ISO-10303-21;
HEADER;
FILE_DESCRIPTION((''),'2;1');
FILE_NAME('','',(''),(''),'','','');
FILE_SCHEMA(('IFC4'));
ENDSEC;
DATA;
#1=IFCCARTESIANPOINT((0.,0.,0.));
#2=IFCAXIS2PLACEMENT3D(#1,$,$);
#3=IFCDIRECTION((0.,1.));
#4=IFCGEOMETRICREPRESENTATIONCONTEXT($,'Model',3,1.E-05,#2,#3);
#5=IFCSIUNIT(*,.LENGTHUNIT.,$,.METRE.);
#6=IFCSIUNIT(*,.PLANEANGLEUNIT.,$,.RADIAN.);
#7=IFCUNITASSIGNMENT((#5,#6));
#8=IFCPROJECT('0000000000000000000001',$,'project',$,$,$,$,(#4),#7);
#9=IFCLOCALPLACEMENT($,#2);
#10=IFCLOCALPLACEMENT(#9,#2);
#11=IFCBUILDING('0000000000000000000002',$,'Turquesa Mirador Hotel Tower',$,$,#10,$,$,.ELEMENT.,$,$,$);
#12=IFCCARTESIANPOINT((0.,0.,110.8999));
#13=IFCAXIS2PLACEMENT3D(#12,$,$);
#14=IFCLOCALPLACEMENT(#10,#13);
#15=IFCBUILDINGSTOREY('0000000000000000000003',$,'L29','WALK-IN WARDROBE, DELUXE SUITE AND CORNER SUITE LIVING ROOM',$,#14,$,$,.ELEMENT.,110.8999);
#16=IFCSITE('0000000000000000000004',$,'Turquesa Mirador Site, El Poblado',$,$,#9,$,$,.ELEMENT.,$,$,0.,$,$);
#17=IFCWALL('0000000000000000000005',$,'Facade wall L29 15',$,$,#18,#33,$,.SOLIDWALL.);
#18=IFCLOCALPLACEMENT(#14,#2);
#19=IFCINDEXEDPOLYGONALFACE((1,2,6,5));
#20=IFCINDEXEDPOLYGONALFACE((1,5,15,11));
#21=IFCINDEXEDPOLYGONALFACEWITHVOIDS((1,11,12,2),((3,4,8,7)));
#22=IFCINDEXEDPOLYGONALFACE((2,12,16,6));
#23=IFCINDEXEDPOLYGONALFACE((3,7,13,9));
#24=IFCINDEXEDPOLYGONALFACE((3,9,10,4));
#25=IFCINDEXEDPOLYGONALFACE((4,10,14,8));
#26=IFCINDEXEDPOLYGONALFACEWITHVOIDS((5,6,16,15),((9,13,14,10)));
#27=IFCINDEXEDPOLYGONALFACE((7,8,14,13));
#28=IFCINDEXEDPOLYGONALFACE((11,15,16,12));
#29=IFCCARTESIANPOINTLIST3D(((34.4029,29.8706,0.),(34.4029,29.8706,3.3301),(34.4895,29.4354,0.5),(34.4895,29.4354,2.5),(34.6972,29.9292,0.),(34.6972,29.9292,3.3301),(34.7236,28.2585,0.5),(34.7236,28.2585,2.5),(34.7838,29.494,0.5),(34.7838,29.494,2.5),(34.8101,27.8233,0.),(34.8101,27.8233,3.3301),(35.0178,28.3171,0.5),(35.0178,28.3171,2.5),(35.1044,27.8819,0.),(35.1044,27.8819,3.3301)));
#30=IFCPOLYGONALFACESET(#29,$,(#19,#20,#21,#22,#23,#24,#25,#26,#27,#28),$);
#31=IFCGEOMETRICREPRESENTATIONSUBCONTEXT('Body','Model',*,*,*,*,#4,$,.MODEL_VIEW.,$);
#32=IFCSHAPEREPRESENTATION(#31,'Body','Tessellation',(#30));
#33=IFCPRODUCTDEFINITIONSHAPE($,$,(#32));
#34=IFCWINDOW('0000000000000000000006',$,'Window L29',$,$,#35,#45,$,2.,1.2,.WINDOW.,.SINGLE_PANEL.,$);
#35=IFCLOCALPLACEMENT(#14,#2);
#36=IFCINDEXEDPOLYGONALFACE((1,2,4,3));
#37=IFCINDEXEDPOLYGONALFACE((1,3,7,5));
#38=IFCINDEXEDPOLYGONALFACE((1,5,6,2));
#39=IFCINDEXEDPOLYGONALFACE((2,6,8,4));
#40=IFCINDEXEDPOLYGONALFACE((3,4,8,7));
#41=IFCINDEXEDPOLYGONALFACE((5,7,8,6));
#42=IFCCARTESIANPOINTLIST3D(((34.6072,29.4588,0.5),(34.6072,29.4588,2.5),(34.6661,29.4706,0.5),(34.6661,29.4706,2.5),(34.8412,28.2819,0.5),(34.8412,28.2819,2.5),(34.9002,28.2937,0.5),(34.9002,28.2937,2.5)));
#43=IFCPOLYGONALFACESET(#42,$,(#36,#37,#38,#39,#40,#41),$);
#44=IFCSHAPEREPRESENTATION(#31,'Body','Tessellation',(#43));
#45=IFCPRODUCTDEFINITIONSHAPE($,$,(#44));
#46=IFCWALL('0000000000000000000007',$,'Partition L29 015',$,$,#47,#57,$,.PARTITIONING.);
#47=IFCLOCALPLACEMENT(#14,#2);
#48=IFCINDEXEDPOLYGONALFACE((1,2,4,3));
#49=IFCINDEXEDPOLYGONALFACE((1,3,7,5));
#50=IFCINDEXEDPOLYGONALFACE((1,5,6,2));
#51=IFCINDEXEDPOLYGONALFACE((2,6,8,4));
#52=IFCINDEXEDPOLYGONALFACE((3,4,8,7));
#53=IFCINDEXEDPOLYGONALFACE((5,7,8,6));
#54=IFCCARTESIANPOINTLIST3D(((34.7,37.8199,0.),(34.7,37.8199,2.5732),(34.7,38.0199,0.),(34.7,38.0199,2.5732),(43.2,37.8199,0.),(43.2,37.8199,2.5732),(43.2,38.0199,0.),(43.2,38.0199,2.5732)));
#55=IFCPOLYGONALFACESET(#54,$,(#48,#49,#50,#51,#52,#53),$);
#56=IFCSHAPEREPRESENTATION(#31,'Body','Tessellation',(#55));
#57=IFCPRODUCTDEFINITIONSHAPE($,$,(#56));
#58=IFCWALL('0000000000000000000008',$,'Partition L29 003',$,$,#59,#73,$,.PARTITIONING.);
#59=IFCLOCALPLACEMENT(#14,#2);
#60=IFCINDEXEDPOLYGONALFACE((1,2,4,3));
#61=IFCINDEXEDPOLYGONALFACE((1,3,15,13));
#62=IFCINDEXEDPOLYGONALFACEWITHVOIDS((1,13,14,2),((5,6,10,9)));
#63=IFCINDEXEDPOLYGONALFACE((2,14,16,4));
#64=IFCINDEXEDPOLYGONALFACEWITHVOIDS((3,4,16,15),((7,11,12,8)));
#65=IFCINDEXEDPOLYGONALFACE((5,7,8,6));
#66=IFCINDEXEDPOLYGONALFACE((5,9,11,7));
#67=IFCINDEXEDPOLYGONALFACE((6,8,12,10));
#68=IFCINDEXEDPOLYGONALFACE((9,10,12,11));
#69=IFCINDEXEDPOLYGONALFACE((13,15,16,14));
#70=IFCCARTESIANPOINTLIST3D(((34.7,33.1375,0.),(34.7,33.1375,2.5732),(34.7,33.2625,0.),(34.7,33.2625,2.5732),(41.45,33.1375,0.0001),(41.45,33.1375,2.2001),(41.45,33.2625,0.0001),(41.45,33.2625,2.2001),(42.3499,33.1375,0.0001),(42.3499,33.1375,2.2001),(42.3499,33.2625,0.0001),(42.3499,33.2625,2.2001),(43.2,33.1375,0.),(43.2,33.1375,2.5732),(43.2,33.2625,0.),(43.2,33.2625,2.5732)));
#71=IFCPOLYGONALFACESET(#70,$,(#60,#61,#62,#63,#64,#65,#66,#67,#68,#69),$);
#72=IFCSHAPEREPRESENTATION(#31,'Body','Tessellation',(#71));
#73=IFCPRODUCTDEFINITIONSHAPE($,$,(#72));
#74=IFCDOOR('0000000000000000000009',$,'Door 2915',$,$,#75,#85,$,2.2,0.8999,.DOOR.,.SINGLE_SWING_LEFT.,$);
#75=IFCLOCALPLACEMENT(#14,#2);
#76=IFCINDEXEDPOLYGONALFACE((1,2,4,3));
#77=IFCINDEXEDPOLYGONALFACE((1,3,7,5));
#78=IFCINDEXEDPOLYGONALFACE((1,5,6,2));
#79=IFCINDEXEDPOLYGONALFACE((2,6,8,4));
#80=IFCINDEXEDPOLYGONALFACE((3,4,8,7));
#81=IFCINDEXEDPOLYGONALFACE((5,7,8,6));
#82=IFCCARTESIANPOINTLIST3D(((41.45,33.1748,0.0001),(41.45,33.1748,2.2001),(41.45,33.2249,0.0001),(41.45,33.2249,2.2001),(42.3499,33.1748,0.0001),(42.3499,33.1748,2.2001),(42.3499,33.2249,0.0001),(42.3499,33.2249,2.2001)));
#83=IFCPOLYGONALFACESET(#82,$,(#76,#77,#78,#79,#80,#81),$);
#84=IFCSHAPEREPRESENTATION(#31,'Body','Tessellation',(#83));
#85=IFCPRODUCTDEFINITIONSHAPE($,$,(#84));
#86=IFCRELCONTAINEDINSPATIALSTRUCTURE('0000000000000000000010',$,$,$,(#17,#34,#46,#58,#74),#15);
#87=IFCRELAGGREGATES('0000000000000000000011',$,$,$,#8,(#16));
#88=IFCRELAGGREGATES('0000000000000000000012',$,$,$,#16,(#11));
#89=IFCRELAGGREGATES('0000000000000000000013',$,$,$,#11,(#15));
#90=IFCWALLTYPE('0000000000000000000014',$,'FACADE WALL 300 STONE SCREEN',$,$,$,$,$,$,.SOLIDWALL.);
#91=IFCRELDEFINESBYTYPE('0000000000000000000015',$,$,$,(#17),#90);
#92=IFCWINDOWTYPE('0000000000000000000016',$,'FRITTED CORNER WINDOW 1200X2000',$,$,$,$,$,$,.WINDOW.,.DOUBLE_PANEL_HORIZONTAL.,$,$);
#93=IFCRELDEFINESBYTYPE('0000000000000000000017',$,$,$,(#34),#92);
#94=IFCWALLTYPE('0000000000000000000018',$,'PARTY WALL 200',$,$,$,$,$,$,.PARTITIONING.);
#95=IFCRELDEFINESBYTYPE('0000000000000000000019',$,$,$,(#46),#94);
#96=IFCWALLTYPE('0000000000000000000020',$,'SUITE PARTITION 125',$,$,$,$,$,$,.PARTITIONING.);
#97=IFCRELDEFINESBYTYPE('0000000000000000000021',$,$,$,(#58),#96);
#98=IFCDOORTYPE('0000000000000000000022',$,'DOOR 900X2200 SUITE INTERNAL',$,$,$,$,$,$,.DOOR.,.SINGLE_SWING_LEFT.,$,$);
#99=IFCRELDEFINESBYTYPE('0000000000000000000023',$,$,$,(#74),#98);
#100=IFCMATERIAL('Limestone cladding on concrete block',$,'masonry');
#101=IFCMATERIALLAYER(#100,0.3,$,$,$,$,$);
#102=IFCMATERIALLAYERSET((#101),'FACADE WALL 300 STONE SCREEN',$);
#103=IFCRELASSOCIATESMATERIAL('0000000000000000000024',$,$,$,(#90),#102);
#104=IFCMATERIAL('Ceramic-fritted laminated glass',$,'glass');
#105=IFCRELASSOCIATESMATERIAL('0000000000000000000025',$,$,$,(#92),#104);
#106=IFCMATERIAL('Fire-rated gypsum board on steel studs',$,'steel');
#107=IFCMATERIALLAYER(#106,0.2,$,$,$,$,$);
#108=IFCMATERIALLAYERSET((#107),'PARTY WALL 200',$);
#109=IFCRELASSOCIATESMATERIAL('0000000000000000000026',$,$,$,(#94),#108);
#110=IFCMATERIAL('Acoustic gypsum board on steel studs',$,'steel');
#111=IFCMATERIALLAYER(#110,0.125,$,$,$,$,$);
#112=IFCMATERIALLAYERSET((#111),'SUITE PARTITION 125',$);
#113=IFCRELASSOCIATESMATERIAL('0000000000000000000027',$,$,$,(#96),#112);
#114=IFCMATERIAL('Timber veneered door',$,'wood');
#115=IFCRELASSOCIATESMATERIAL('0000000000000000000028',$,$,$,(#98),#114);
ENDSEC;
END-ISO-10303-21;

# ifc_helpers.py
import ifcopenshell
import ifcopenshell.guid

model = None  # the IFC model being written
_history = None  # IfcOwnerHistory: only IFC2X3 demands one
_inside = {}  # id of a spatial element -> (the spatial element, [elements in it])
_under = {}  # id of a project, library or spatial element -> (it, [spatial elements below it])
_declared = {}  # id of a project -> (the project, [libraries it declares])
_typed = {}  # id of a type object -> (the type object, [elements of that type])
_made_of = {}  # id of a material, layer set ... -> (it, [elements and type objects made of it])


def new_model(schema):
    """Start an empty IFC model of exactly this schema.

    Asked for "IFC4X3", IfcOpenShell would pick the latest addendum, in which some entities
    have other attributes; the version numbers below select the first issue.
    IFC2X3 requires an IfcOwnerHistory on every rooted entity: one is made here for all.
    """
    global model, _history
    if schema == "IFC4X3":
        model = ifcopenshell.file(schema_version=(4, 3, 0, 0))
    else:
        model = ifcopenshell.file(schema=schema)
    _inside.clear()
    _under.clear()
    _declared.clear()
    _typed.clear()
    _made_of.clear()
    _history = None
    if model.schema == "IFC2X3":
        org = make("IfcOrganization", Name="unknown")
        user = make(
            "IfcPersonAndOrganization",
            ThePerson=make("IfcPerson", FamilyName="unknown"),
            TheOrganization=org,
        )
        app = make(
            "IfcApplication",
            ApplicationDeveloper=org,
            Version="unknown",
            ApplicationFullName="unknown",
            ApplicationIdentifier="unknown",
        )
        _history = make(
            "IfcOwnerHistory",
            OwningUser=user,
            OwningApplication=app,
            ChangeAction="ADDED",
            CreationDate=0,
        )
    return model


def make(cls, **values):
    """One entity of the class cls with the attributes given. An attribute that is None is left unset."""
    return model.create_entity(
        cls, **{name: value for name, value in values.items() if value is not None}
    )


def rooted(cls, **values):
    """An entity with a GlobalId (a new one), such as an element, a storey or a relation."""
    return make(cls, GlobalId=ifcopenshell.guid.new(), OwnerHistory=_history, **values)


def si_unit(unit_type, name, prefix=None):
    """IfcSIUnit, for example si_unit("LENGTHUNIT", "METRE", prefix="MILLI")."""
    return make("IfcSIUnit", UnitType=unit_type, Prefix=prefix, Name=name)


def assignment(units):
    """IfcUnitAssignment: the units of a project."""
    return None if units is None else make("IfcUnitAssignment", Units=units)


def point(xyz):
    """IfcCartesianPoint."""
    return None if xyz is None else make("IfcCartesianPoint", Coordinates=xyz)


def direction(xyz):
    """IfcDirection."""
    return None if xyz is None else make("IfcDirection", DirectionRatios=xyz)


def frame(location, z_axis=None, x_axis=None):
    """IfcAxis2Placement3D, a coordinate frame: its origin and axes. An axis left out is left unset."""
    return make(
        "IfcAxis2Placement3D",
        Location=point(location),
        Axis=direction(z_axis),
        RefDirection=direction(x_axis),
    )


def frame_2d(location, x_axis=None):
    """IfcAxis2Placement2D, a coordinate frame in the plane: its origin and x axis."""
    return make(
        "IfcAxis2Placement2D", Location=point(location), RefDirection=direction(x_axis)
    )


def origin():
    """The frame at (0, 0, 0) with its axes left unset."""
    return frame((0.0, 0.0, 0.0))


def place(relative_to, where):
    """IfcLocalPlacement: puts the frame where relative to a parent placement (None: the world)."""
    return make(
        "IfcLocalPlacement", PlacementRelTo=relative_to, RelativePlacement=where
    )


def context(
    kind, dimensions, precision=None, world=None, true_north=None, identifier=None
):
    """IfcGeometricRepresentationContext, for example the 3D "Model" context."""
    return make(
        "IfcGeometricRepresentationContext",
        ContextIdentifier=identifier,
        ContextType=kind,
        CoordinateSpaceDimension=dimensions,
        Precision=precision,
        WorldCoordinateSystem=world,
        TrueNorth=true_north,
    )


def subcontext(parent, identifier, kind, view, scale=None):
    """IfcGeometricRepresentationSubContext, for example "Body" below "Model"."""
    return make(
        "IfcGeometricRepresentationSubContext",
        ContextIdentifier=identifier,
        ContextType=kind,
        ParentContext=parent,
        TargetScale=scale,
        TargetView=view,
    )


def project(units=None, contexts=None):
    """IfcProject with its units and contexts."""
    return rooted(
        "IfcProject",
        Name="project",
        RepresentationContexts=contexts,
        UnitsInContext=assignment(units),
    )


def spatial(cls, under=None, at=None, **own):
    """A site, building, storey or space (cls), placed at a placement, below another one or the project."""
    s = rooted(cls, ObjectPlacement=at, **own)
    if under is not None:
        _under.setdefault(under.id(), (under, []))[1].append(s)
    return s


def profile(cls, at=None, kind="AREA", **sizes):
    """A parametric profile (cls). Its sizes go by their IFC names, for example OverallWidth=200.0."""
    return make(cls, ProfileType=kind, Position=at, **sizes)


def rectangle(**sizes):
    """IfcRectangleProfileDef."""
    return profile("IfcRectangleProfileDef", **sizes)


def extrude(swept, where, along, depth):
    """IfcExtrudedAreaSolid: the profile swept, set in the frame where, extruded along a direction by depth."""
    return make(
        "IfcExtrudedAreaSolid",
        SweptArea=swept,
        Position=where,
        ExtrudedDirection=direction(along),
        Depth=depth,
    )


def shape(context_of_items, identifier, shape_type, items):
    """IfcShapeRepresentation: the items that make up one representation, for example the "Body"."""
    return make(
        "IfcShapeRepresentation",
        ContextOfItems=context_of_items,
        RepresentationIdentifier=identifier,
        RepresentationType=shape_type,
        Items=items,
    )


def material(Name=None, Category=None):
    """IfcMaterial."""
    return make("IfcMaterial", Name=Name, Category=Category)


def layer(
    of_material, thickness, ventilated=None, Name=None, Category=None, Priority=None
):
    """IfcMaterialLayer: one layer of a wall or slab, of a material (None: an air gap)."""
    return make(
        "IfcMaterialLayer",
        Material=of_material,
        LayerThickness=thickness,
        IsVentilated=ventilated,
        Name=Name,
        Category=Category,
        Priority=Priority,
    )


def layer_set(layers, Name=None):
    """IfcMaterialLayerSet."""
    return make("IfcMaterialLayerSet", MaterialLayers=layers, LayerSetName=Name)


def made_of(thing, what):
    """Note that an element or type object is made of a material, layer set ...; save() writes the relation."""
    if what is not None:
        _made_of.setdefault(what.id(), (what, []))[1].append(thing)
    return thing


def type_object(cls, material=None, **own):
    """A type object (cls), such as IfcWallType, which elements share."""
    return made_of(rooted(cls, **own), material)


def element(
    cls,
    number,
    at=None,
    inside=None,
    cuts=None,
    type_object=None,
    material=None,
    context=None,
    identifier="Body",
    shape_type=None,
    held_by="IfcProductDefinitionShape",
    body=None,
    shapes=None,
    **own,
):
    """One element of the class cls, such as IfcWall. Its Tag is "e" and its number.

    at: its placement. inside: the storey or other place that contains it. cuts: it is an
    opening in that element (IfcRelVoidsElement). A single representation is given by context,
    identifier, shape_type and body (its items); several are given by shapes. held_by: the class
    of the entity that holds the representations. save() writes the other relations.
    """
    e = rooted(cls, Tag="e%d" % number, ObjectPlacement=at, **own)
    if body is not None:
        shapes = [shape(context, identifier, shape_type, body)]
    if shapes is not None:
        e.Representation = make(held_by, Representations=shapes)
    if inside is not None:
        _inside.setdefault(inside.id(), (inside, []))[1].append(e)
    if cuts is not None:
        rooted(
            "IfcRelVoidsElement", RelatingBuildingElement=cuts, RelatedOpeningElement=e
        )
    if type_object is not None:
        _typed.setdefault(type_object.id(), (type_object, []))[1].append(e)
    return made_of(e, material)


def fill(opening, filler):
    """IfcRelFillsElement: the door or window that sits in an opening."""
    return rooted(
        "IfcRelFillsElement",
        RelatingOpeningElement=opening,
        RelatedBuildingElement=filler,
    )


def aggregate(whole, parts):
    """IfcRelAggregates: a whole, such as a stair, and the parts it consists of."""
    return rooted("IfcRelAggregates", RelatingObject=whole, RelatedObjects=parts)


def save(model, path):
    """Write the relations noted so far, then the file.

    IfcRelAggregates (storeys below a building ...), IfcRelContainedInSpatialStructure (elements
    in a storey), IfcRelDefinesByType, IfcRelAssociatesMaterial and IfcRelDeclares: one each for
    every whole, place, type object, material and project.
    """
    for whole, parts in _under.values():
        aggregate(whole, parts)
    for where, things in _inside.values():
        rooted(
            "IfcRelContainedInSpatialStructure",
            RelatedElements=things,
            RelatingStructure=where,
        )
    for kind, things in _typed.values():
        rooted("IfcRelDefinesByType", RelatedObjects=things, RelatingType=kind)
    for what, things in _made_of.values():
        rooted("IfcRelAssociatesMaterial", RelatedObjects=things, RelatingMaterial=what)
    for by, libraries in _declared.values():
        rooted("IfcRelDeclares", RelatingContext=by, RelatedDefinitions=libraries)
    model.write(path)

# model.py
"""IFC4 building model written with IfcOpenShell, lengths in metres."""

from ifc_helpers import new_model, si_unit, direction, frame, frame_2d, origin, place, context, subcontext, project, spatial, rectangle, extrude, material, layer, layer_set, type_object, element, fill, save


model = new_model("IFC4")

# Units and contexts
model_context = context("Model", 3, precision=1e-05, world=origin(), true_north=direction((0.0, 1.0)))
body_context = subcontext(model_context, "Body", "Model", "MODEL_VIEW")
ifc_project = project(units=[si_unit("LENGTHUNIT", "METRE"), si_unit("PLANEANGLEUNIT", "RADIAN")], contexts=[model_context])

# Site, building, storey
site_placement = place(None, origin())
site = spatial("IfcSite", under=ifc_project, at=site_placement, Name="Turquesa Mirador Site, El Poblado", CompositionType="ELEMENT", RefElevation=0.0)
building_placement = place(site_placement, origin())
building = spatial("IfcBuilding", under=site, at=building_placement, Name="Turquesa Mirador Hotel Tower", CompositionType="ELEMENT")
storey_placement = place(building_placement, frame((0.0, 0.0, 110.8999)))
storey = spatial("IfcBuildingStorey", under=building, at=storey_placement, Name="L29", Description="WALK-IN WARDROBE, DELUXE SUITE AND CORNER SUITE LIVING ROOM", CompositionType="ELEMENT", Elevation=110.8999)

# Wall, opening, window
ifc_material_1 = material(Name="Limestone cladding on concrete block", Category="masonry")
ifc_layer_1 = layer(ifc_material_1, 0.3)
ifc_layer_set_1 = layer_set([ifc_layer_1], Name="FACADE WALL 300 STONE SCREEN")
wall_type_1 = type_object("IfcWallType", Name="FACADE WALL 300 STONE SCREEN", PredefinedType="SOLIDWALL", material=ifc_layer_set_1)
wall_1_placement = place(storey_placement, frame((34.55, 29.8999, 0.0), z_axis=(0.0, 0.0, 1.0), x_axis=(0.195081, -0.980787, 0.0)))
wall_1 = element("IfcWall", 1, at=wall_1_placement, inside=storey, type_object=wall_type_1, Name="Facade wall L29 15", PredefinedType="SOLIDWALL", context=body_context, shape_type="SweptSolid", body=[
    extrude(rectangle(XDim=2.0874, YDim=0.3, at=frame_2d((1.0437, 0.0))), origin(), (0.0, 0.0, 1.0), 3.3301),
])
opening_1_placement = place(wall_1_placement, frame((0.4436, 0.0, 0.5)))
opening_1 = element("IfcOpeningElement", 2, at=opening_1_placement, cuts=wall_1, PredefinedType="OPENING", context=body_context, shape_type="SweptSolid", body=[
    extrude(rectangle(XDim=1.2, YDim=2.0, at=frame_2d((0.6001, 1.0))), frame((0.0, 0.1599, 0.0), z_axis=(0.0, -1.0, 0.0), x_axis=(1.0, 0.0, 0.0)), (0.0, 0.0, 1.0), 0.3201),
])
ifc_material_2 = material(Name="Ceramic-fritted laminated glass", Category="glass")
window_type = type_object("IfcWindowType", Name="FRITTED CORNER WINDOW 1200X2000", PartitioningType="DOUBLE_PANEL_HORIZONTAL", PredefinedType="WINDOW", material=ifc_material_2)
window_placement = place(opening_1_placement, origin())
window = element("IfcWindow", 3, at=window_placement, inside=storey, type_object=window_type, Name="Window L29", OverallHeight=2.0, OverallWidth=1.2, PartitioningType="SINGLE_PANEL", PredefinedType="WINDOW", context=body_context, shape_type="SweptSolid", body=[
    extrude(rectangle(XDim=1.2, YDim=2.0, at=frame_2d((0.6001, 1.0))), frame((0.0, 0.03, 0.0), z_axis=(0.0, -1.0, 0.0), x_axis=(1.0, 0.0, 0.0)), (0.0, 0.0, 1.0), 0.0601),
])
fill(opening_1, window)

# Wall
ifc_material_3 = material(Name="Fire-rated gypsum board on steel studs", Category="steel")
ifc_layer_2 = layer(ifc_material_3, 0.2)
ifc_layer_set_2 = layer_set([ifc_layer_2], Name="PARTY WALL 200")
wall_type_2 = type_object("IfcWallType", Name="PARTY WALL 200", PredefinedType="PARTITIONING", material=ifc_layer_set_2)
wall_2_placement = place(storey_placement, frame((34.7, 37.9199, 0.0), z_axis=(0.0, 0.0, 1.0), x_axis=(1.0, 0.0, 0.0)))
element("IfcWall", 4, at=wall_2_placement, inside=storey, type_object=wall_type_2, Name="Partition L29 015", PredefinedType="PARTITIONING", context=body_context, shape_type="SweptSolid", body=[
    extrude(rectangle(XDim=8.5, YDim=0.2, at=frame_2d((4.25, 0.0))), origin(), (0.0, 0.0, 1.0), 2.5732),
])

# Wall, opening, door
ifc_material_4 = material(Name="Acoustic gypsum board on steel studs", Category="steel")
ifc_layer_3 = layer(ifc_material_4, 0.125)
ifc_layer_set_3 = layer_set([ifc_layer_3], Name="SUITE PARTITION 125")
wall_type_3 = type_object("IfcWallType", Name="SUITE PARTITION 125", PredefinedType="PARTITIONING", material=ifc_layer_set_3)
wall_3_placement = place(storey_placement, frame((34.7, 33.2, 0.0), z_axis=(0.0, 0.0, 1.0), x_axis=(1.0, 0.0, 0.0)))
wall_3 = element("IfcWall", 5, at=wall_3_placement, inside=storey, type_object=wall_type_3, Name="Partition L29 003", PredefinedType="PARTITIONING", context=body_context, shape_type="SweptSolid", body=[
    extrude(rectangle(XDim=8.5, YDim=0.125, at=frame_2d((4.25, 0.0))), origin(), (0.0, 0.0, 1.0), 2.5732),
])
opening_2_placement = place(wall_3_placement, frame((6.75, 0.0, 0.0)))
opening_2 = element("IfcOpeningElement", 6, at=opening_2_placement, cuts=wall_3, PredefinedType="OPENING", context=body_context, shape_type="SweptSolid", body=[
    extrude(rectangle(XDim=0.8999, YDim=2.2, at=frame_2d((0.45, 1.1001))), frame((0.0, 0.0725, 0.0), z_axis=(0.0, -1.0, 0.0), x_axis=(1.0, 0.0, 0.0)), (0.0, 0.0, 1.0), 0.145),
])
ifc_material_5 = material(Name="Timber veneered door", Category="wood")
door_type = type_object("IfcDoorType", Name="DOOR 900X2200 SUITE INTERNAL", OperationType="SINGLE_SWING_LEFT", PredefinedType="DOOR", material=ifc_material_5)
door_placement = place(opening_2_placement, origin())
door = element("IfcDoor", 7, at=door_placement, inside=storey, type_object=door_type, Name="Door 2915", OperationType="SINGLE_SWING_LEFT", OverallHeight=2.2, OverallWidth=0.8999, PredefinedType="DOOR", context=body_context, shape_type="SweptSolid", body=[
    extrude(rectangle(XDim=0.8999, YDim=2.2, at=frame_2d((0.45, 1.1001))), frame((0.0, 0.0249, 0.0), z_axis=(0.0, -1.0, 0.0), x_axis=(1.0, 0.0, 0.0)), (0.0, 0.0, 1.0), 0.05),
])
fill(opening_2, door)

save(model, "model.ifc")
